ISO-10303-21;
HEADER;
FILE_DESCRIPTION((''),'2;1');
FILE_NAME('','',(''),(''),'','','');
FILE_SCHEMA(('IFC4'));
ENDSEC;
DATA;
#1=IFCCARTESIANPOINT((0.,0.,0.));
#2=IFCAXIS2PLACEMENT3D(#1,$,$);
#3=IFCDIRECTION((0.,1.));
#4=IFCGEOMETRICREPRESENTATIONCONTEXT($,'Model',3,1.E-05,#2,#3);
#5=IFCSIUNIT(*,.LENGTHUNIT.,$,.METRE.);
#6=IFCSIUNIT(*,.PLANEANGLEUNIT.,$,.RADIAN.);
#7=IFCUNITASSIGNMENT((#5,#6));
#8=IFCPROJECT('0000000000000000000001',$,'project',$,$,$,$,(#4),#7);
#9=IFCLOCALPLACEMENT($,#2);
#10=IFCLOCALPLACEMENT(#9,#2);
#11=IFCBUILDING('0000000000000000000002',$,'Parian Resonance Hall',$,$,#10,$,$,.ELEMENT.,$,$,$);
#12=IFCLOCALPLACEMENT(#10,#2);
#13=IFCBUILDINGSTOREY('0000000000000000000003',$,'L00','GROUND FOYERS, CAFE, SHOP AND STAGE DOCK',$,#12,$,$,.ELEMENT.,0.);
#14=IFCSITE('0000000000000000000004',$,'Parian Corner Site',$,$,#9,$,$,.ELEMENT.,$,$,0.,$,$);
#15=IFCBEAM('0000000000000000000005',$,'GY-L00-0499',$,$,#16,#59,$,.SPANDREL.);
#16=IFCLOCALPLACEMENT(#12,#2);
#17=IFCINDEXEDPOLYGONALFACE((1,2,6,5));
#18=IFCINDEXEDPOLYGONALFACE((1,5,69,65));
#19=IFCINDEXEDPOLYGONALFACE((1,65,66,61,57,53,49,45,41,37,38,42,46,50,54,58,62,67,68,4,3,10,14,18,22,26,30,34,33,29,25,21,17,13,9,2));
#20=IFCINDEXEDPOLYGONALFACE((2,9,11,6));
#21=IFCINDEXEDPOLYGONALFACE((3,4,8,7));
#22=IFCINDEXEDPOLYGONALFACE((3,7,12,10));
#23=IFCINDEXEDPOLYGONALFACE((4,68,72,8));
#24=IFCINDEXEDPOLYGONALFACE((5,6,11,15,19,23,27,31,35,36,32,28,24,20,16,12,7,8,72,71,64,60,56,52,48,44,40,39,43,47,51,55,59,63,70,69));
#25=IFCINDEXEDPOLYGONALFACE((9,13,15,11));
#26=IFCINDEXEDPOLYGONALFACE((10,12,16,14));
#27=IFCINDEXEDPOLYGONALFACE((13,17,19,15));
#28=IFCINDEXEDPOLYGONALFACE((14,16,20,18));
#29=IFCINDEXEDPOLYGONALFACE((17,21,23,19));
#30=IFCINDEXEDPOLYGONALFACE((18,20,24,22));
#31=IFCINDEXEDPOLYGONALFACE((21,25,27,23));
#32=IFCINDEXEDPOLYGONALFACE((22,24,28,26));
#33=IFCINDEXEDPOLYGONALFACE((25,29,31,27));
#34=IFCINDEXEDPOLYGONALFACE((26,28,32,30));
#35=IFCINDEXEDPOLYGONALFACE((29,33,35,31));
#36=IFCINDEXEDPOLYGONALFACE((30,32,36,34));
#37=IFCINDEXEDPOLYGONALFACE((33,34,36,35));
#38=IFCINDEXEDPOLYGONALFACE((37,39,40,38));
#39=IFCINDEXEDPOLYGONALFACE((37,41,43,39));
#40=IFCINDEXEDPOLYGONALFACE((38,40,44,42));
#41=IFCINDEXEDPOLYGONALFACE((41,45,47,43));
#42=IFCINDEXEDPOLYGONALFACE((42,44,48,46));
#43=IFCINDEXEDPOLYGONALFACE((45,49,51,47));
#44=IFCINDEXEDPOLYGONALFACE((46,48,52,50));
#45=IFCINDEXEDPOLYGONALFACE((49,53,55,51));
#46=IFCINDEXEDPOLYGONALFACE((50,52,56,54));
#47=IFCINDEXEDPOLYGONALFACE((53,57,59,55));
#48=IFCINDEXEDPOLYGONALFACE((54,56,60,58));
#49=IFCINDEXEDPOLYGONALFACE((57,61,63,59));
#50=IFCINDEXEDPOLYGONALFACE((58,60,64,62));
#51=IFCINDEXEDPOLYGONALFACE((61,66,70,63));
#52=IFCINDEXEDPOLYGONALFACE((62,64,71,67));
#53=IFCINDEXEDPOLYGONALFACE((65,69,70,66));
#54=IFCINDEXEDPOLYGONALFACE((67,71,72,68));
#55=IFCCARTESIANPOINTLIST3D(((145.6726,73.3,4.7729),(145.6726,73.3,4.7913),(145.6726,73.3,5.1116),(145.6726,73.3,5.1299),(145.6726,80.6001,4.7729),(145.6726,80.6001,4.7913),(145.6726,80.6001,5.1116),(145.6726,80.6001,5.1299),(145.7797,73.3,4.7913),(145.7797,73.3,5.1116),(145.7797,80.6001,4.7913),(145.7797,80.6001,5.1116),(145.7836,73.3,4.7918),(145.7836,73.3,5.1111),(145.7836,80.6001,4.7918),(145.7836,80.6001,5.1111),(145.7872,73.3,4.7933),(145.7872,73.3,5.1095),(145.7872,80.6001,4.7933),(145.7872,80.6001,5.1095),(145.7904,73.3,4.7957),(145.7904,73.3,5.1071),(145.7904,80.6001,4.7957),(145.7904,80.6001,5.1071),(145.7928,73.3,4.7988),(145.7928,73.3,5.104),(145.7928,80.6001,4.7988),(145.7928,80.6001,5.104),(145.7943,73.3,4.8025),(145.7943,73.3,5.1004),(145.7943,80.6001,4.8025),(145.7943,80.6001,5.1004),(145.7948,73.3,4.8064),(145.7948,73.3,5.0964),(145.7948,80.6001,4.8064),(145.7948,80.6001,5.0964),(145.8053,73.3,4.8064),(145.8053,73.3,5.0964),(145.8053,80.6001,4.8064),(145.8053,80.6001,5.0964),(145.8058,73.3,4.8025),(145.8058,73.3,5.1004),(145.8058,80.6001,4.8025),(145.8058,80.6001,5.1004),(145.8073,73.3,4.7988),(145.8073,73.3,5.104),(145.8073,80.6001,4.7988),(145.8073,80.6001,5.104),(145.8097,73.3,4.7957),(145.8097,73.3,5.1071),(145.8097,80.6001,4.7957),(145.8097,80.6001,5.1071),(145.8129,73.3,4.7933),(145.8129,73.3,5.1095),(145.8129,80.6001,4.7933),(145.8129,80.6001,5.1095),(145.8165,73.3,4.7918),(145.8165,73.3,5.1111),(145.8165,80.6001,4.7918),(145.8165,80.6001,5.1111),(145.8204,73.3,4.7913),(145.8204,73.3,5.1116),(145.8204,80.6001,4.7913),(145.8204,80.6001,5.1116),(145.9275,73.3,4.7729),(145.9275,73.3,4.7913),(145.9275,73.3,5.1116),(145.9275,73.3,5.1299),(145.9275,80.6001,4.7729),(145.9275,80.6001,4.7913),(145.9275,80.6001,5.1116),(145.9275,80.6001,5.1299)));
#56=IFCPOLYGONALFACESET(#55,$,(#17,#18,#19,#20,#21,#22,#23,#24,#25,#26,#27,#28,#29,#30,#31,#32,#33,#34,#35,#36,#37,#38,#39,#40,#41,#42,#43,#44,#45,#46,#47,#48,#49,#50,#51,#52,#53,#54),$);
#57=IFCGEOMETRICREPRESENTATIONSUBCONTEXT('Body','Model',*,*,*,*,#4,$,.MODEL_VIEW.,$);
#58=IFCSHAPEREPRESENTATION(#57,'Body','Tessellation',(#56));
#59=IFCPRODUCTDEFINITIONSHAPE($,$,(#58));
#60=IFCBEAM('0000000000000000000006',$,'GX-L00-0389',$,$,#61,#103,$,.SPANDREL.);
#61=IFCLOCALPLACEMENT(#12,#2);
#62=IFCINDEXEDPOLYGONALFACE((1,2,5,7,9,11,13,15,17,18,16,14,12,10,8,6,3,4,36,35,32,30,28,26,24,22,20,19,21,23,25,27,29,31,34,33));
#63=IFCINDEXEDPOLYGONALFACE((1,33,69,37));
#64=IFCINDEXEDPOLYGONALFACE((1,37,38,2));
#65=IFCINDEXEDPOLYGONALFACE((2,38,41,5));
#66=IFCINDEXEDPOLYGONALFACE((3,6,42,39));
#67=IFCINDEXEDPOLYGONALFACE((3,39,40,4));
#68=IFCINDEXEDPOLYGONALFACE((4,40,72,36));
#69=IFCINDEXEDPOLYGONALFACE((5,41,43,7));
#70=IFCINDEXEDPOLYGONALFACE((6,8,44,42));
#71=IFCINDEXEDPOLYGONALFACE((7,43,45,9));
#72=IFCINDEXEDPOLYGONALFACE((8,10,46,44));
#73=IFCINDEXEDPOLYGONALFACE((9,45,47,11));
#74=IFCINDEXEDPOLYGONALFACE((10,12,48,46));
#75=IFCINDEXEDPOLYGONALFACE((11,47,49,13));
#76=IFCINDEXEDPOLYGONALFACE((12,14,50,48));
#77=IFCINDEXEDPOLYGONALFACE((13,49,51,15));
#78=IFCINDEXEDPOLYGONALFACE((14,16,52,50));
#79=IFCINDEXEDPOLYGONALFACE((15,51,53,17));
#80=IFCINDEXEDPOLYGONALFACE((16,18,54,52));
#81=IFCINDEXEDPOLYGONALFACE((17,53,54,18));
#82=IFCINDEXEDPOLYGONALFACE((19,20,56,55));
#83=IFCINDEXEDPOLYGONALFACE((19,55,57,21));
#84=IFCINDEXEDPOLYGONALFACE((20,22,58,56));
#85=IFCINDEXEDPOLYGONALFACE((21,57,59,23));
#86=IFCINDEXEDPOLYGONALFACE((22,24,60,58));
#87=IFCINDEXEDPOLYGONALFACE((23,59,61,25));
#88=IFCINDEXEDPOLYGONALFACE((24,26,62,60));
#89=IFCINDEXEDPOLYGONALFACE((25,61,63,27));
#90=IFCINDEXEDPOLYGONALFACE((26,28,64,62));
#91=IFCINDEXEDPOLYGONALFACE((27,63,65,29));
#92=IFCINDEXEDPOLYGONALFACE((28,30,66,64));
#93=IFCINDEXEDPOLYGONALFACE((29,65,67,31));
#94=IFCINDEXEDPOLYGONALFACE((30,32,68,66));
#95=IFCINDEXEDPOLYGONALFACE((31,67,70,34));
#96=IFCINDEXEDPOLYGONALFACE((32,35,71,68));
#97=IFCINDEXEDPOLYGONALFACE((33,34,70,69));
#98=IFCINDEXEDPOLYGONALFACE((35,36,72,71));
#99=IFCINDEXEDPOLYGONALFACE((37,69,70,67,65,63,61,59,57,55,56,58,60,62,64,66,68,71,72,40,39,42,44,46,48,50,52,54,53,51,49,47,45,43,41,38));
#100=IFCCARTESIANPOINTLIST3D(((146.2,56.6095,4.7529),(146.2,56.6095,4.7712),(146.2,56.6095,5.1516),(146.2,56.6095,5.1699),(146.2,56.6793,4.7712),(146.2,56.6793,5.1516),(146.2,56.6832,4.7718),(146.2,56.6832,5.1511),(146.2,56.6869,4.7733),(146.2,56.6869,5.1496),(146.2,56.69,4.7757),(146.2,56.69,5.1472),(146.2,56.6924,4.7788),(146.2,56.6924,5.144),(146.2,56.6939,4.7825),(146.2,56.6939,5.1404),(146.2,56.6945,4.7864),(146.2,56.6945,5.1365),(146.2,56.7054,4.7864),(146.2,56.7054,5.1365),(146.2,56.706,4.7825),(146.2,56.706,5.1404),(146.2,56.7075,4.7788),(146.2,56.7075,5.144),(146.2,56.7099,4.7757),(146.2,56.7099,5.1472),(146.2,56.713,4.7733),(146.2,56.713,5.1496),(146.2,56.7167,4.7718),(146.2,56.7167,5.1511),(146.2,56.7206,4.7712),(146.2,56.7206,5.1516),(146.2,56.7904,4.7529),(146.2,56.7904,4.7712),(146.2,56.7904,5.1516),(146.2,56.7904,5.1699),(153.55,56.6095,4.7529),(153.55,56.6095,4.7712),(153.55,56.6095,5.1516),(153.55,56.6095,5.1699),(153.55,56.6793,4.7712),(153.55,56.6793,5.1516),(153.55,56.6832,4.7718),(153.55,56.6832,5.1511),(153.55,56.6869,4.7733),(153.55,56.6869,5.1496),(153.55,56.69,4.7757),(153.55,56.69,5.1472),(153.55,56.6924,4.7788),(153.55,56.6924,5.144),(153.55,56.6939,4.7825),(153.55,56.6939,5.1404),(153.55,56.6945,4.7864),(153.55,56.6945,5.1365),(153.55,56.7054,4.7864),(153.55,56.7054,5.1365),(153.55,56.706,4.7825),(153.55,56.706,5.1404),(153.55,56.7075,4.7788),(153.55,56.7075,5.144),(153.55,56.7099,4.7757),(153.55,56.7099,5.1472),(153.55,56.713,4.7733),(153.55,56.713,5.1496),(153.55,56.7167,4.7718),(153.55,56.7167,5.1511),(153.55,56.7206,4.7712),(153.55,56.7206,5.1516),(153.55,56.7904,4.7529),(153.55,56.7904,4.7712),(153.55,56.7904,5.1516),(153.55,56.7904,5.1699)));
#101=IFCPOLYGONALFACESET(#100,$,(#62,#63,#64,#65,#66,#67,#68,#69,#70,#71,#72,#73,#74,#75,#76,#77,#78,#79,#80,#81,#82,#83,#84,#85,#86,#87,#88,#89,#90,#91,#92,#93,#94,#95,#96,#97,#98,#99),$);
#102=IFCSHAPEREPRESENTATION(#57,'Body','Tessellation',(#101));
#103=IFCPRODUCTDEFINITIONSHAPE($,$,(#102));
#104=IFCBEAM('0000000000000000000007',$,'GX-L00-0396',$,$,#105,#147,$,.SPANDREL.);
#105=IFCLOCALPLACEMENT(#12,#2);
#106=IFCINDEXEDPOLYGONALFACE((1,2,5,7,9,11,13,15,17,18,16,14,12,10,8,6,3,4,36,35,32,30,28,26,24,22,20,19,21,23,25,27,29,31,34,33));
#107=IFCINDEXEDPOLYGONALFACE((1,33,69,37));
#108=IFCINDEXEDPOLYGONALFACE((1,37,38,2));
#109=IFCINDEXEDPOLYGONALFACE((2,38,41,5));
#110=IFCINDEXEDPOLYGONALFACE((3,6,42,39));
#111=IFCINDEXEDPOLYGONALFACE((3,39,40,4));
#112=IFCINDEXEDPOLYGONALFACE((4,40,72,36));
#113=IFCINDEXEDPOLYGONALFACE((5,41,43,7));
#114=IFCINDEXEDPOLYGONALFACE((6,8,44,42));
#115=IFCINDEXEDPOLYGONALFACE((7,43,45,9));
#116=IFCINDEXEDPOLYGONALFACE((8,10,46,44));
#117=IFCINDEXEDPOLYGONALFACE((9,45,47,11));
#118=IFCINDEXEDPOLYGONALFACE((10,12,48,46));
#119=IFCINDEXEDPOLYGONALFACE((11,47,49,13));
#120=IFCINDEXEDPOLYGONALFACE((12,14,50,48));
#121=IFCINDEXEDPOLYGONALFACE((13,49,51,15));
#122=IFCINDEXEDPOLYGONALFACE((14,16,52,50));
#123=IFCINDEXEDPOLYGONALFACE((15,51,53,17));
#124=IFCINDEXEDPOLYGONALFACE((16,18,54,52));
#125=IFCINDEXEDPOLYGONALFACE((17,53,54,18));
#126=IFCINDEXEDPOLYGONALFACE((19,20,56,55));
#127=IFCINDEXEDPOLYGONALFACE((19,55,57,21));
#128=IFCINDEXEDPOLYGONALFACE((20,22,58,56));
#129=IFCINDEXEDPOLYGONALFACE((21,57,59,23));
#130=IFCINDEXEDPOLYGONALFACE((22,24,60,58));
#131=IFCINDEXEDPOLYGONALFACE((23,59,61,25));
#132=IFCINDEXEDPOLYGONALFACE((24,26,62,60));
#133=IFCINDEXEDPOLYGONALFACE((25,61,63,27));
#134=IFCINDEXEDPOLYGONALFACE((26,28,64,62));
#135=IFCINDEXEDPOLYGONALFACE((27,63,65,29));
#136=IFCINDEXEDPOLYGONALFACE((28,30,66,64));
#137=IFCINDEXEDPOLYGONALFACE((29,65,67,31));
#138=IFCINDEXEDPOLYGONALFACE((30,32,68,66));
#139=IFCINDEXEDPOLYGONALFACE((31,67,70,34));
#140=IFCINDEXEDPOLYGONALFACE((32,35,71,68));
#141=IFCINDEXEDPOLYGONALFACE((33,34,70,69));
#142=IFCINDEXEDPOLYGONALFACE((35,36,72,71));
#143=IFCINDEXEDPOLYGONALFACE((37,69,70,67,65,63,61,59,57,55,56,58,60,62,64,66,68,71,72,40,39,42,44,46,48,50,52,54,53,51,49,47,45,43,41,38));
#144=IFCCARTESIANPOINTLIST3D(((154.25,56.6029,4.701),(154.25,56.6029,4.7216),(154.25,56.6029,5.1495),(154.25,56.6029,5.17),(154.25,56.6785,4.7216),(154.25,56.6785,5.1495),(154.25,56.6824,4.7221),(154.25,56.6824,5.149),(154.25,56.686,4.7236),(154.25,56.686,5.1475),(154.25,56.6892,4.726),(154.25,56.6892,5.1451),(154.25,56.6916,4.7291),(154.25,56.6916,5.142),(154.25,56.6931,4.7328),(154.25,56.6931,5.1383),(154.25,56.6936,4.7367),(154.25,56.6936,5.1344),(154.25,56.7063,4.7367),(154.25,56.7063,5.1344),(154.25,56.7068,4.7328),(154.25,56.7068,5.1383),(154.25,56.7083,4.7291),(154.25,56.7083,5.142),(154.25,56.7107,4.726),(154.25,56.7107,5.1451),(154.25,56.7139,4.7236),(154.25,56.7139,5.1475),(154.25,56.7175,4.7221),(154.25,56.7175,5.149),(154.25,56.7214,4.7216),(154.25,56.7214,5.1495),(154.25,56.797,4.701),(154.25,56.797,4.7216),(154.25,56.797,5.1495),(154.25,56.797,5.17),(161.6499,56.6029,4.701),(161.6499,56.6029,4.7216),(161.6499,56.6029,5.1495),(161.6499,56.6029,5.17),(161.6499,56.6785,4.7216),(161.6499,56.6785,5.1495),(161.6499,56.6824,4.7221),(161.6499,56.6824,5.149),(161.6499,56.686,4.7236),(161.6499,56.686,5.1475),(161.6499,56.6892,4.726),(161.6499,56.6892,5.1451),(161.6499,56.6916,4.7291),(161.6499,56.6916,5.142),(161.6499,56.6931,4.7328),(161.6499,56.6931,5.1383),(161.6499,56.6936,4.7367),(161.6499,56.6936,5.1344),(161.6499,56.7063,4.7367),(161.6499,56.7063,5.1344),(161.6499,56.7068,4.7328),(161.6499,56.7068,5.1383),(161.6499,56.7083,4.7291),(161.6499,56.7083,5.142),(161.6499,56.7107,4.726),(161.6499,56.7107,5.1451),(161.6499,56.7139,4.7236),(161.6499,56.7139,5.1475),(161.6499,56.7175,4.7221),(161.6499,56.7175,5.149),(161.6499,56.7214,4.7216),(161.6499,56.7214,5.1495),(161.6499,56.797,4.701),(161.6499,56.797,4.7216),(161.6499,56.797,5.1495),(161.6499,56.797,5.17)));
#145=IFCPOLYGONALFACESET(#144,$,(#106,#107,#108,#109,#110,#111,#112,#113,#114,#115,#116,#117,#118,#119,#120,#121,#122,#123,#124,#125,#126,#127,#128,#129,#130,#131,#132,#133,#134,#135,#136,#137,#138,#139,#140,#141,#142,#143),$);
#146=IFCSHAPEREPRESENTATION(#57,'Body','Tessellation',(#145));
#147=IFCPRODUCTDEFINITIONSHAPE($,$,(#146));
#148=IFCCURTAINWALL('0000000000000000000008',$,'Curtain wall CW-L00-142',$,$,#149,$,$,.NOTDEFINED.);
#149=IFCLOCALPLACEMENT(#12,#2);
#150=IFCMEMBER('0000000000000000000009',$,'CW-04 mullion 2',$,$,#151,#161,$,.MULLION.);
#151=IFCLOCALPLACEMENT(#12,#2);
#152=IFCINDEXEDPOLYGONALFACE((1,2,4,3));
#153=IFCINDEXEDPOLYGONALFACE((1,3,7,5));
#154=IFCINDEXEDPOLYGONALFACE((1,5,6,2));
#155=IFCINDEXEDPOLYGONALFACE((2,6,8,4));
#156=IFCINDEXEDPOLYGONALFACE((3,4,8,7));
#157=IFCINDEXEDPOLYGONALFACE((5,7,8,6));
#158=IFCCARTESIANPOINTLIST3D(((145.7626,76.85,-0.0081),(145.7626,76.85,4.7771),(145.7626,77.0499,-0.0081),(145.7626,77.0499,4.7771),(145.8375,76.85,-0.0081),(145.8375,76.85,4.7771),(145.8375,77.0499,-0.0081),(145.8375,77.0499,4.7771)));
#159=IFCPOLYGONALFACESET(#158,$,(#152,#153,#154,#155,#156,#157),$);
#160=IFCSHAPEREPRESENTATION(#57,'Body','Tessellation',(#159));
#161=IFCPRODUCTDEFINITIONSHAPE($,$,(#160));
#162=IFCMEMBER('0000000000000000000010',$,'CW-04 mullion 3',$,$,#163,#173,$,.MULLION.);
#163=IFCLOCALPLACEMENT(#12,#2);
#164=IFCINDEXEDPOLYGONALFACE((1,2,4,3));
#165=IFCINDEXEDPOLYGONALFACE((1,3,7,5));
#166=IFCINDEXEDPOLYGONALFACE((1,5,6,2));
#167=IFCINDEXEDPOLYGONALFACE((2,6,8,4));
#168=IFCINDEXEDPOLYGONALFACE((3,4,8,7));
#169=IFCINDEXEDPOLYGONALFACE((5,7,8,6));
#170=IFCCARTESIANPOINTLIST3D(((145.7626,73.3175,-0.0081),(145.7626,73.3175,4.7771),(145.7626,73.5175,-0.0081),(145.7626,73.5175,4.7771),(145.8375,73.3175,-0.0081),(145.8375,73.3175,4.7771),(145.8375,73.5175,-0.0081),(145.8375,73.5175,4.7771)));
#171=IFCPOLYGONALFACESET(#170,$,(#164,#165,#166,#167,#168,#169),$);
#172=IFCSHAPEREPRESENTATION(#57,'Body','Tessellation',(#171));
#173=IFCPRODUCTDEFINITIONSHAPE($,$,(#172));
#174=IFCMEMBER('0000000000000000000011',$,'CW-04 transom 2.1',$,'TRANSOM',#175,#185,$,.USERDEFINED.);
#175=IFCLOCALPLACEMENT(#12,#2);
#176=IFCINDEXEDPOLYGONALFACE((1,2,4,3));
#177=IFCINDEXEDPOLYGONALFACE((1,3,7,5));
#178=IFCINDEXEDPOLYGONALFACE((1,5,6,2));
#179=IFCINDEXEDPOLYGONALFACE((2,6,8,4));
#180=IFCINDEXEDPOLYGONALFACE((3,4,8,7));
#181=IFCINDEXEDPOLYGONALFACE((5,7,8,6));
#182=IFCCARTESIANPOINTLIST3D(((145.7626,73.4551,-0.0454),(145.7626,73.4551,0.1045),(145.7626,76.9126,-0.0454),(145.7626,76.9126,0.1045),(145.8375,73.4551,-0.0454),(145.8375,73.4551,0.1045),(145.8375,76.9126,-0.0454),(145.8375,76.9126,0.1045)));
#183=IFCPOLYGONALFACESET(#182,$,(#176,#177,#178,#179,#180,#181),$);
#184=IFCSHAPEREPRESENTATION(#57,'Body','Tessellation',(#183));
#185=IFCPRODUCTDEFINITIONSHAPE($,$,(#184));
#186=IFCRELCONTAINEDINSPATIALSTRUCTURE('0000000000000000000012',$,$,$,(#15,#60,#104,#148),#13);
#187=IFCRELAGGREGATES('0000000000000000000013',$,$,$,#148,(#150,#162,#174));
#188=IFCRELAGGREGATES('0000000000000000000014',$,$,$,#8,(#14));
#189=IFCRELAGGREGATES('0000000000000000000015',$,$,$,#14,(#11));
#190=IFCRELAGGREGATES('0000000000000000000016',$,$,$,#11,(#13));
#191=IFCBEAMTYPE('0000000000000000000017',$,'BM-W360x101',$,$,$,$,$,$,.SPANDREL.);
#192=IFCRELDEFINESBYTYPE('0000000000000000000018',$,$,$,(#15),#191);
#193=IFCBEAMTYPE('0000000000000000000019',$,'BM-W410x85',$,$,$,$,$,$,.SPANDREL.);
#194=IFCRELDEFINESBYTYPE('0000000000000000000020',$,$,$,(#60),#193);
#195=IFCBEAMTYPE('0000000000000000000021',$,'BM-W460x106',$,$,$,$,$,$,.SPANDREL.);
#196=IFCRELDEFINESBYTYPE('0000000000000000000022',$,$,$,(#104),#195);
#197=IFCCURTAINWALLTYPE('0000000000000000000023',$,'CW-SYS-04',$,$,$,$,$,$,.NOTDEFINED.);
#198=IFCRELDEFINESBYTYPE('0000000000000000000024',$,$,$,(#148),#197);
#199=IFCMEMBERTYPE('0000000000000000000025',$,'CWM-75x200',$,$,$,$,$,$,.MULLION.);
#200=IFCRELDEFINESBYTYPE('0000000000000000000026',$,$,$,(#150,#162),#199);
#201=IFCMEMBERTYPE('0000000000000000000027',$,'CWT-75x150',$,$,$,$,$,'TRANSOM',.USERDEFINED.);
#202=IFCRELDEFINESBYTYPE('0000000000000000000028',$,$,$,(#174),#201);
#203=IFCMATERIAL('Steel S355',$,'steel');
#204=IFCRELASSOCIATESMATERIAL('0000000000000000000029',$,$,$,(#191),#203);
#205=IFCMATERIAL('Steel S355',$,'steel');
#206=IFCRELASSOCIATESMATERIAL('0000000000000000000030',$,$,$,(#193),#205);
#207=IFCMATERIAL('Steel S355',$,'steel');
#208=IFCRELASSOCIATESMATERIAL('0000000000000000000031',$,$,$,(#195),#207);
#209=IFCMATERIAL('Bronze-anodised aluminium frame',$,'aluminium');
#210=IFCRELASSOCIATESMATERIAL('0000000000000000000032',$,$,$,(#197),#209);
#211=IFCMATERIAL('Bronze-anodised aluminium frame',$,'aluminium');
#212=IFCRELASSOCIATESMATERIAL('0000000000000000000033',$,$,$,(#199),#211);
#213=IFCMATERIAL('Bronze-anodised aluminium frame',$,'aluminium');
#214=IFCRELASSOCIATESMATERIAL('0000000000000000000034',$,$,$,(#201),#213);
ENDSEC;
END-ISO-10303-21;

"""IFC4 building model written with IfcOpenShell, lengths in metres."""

from ifc_helpers import new_model, si_unit, direction, frame, origin, origin_2d, place, context, subcontext, project, spatial, rectangle, i_section, extrude, material, material_profile, profile_set, type_object, element, aggregate, save


model = new_model("IFC4")

# Units and contexts
model_context = context("Model", 3, precision=1e-05, world=origin(), true_north=direction((0.0, 1.0)))
body_context = subcontext(model_context, "Body", "Model", "MODEL_VIEW")
ifc_project = project(units=[si_unit("LENGTHUNIT", "METRE"), si_unit("PLANEANGLEUNIT", "RADIAN")], contexts=[model_context])

# Site, building, storey
site_placement = place(None, origin())
site = spatial("IfcSite", under=ifc_project, at=site_placement, Name="Parian Corner Site", CompositionType="ELEMENT", RefElevation=0.0)
building_placement = place(site_placement, origin())
building = spatial("IfcBuilding", under=site, at=building_placement, Name="Parian Resonance Hall", CompositionType="ELEMENT")
storey_placement = place(building_placement, origin())
storey = spatial("IfcBuildingStorey", under=building, at=storey_placement, Name="L00", Description="GROUND FOYERS, CAFE, SHOP AND STAGE DOCK", CompositionType="ELEMENT", Elevation=0.0)

# Beams
ifc_material_1 = material(Name="Steel S355", Category="steel")
ifc_material_profile_1 = material_profile(ifc_material_1, i_section(OverallWidth=0.2549, OverallDepth=0.3569, WebThickness=0.0105, FlangeThickness=0.0183, FilletRadius=0.0151, at=origin_2d()), Name="W360x101")
ifc_profile_set_1 = profile_set([ifc_material_profile_1], Name="Steel S355")
beam_type_1 = type_object("IfcBeamType", Name="BM-W360x101", PredefinedType="SPANDREL", material=ifc_profile_set_1)
for number, where, z_axis, x_axis, name in (
    (1, (145.8, 73.3, 4.9514), (0.0, 1.0, 0.0), (-1.0, 0.0, 0.0), "GY-L00-0499"),
):
    element("IfcBeam", number, at=place(storey_placement, frame(where, z_axis=z_axis, x_axis=x_axis)), inside=storey, type_object=beam_type_1, Name=name, PredefinedType="SPANDREL", context=body_context, shape_type="SweptSolid", body=[
        extrude(i_section(OverallWidth=0.2549, OverallDepth=0.3569, WebThickness=0.0105, FlangeThickness=0.0183, FilletRadius=0.0151, at=origin_2d()), origin(), (0.0, 0.0, 1.0), 7.3),
    ])
ifc_material_2 = material(Name="Steel S355", Category="steel")
ifc_material_profile_2 = material_profile(ifc_material_2, i_section(OverallWidth=0.1809, OverallDepth=0.417, WebThickness=0.011, FlangeThickness=0.0183, FilletRadius=0.0151, at=origin_2d()), Name="W410x85")
ifc_profile_set_2 = profile_set([ifc_material_profile_2], Name="Steel S355")
beam_type_2 = type_object("IfcBeamType", Name="BM-W410x85", PredefinedType="SPANDREL", material=ifc_profile_set_2)
beam_1_placement = place(storey_placement, frame((146.2, 56.7, 4.9614), z_axis=(1.0, 0.0, 0.0), x_axis=(0.0, 1.0, 0.0)))
element("IfcBeam", 2, at=beam_1_placement, inside=storey, type_object=beam_type_2, Name="GX-L00-0389", PredefinedType="SPANDREL", context=body_context, shape_type="SweptSolid", body=[
    extrude(i_section(OverallWidth=0.1809, OverallDepth=0.417, WebThickness=0.011, FlangeThickness=0.0183, FilletRadius=0.0151, at=origin_2d()), origin(), (0.0, 0.0, 1.0), 7.3501),
])
ifc_material_3 = material(Name="Steel S355", Category="steel")
ifc_material_profile_3 = material_profile(ifc_material_3, i_section(OverallWidth=0.1941, OverallDepth=0.469, WebThickness=0.0127, FlangeThickness=0.0205, FilletRadius=0.0151, at=origin_2d()), Name="W460x106")
ifc_profile_set_3 = profile_set([ifc_material_profile_3], Name="Steel S355")
beam_type_3 = type_object("IfcBeamType", Name="BM-W460x106", PredefinedType="SPANDREL", material=ifc_profile_set_3)
beam_2_placement = place(storey_placement, frame((154.25, 56.7, 4.9355), z_axis=(1.0, 0.0, 0.0), x_axis=(0.0, 1.0, 0.0)))
element("IfcBeam", 3, at=beam_2_placement, inside=storey, type_object=beam_type_3, Name="GX-L00-0396", PredefinedType="SPANDREL", context=body_context, shape_type="SweptSolid", body=[
    extrude(i_section(OverallWidth=0.1941, OverallDepth=0.469, WebThickness=0.0127, FlangeThickness=0.0205, FilletRadius=0.0151, at=origin_2d()), origin(), (0.0, 0.0, 1.0), 7.3999),
])

# Curtain wall, members
ifc_material_4 = material(Name="Bronze-anodised aluminium frame", Category="aluminium")
curtain_wall_type = type_object("IfcCurtainWallType", Name="CW-SYS-04", PredefinedType="NOTDEFINED", material=ifc_material_4)
curtain_wall_placement = place(storey_placement, origin())
curtain_wall = element("IfcCurtainWall", 4, at=curtain_wall_placement, inside=storey, type_object=curtain_wall_type, Name="Curtain wall CW-L00-142", PredefinedType="NOTDEFINED")
ifc_material_5 = material(Name="Bronze-anodised aluminium frame", Category="aluminium")
ifc_material_profile_4 = material_profile(ifc_material_5, rectangle(XDim=0.075, YDim=0.2, at=origin_2d()), Name="CWM-75x200")
ifc_profile_set_4 = profile_set([ifc_material_profile_4], Name="Bronze-anodised aluminium frame")
member_type_1 = type_object("IfcMemberType", Name="CWM-75x200", PredefinedType="MULLION", material=ifc_profile_set_4)
member_1_placement = place(storey_placement, frame((145.8, 76.95, -0.0081), z_axis=(0.0, 0.0, 1.0), x_axis=(1.0, 0.0, 0.0)))
member_1 = element("IfcMember", 5, at=member_1_placement, type_object=member_type_1, Name="CW-04 mullion 2", PredefinedType="MULLION", context=body_context, shape_type="SweptSolid", body=[
    extrude(rectangle(XDim=0.075, YDim=0.2, at=origin_2d()), origin(), (0.0, 0.0, 1.0), 4.7852),
])
member_2_placement = place(storey_placement, frame((145.8, 73.4175, -0.0081), z_axis=(0.0, 0.0, 1.0), x_axis=(1.0, 0.0, 0.0)))
member_2 = element("IfcMember", 6, at=member_2_placement, type_object=member_type_1, Name="CW-04 mullion 3", PredefinedType="MULLION", context=body_context, shape_type="SweptSolid", body=[
    extrude(rectangle(XDim=0.075, YDim=0.2, at=origin_2d()), origin(), (0.0, 0.0, 1.0), 4.7852),
])
ifc_material_6 = material(Name="Bronze-anodised aluminium frame", Category="aluminium")
ifc_material_profile_5 = material_profile(ifc_material_6, rectangle(XDim=0.075, YDim=0.1499, at=origin_2d()), Name="CWT-75x150")
ifc_profile_set_5 = profile_set([ifc_material_profile_5], Name="Bronze-anodised aluminium frame")
member_type_2 = type_object("IfcMemberType", Name="CWT-75x150", ElementType="TRANSOM", PredefinedType="USERDEFINED", material=ifc_profile_set_5)
member_3_placement = place(storey_placement, frame((145.8, 76.9126, 0.0295), z_axis=(0.0, -1.0, 0.0), x_axis=(1.0, 0.0, 0.0)))
member_3 = element("IfcMember", 7, at=member_3_placement, type_object=member_type_2, Name="CW-04 transom 2.1", ObjectType="TRANSOM", PredefinedType="USERDEFINED", context=body_context, shape_type="SweptSolid", body=[
    extrude(rectangle(XDim=0.075, YDim=0.1499, at=origin_2d()), origin(), (0.0, 0.0, 1.0), 3.4575),
])
aggregate(curtain_wall, [member_1, member_2, member_3])

save(model, "model.ifc")
